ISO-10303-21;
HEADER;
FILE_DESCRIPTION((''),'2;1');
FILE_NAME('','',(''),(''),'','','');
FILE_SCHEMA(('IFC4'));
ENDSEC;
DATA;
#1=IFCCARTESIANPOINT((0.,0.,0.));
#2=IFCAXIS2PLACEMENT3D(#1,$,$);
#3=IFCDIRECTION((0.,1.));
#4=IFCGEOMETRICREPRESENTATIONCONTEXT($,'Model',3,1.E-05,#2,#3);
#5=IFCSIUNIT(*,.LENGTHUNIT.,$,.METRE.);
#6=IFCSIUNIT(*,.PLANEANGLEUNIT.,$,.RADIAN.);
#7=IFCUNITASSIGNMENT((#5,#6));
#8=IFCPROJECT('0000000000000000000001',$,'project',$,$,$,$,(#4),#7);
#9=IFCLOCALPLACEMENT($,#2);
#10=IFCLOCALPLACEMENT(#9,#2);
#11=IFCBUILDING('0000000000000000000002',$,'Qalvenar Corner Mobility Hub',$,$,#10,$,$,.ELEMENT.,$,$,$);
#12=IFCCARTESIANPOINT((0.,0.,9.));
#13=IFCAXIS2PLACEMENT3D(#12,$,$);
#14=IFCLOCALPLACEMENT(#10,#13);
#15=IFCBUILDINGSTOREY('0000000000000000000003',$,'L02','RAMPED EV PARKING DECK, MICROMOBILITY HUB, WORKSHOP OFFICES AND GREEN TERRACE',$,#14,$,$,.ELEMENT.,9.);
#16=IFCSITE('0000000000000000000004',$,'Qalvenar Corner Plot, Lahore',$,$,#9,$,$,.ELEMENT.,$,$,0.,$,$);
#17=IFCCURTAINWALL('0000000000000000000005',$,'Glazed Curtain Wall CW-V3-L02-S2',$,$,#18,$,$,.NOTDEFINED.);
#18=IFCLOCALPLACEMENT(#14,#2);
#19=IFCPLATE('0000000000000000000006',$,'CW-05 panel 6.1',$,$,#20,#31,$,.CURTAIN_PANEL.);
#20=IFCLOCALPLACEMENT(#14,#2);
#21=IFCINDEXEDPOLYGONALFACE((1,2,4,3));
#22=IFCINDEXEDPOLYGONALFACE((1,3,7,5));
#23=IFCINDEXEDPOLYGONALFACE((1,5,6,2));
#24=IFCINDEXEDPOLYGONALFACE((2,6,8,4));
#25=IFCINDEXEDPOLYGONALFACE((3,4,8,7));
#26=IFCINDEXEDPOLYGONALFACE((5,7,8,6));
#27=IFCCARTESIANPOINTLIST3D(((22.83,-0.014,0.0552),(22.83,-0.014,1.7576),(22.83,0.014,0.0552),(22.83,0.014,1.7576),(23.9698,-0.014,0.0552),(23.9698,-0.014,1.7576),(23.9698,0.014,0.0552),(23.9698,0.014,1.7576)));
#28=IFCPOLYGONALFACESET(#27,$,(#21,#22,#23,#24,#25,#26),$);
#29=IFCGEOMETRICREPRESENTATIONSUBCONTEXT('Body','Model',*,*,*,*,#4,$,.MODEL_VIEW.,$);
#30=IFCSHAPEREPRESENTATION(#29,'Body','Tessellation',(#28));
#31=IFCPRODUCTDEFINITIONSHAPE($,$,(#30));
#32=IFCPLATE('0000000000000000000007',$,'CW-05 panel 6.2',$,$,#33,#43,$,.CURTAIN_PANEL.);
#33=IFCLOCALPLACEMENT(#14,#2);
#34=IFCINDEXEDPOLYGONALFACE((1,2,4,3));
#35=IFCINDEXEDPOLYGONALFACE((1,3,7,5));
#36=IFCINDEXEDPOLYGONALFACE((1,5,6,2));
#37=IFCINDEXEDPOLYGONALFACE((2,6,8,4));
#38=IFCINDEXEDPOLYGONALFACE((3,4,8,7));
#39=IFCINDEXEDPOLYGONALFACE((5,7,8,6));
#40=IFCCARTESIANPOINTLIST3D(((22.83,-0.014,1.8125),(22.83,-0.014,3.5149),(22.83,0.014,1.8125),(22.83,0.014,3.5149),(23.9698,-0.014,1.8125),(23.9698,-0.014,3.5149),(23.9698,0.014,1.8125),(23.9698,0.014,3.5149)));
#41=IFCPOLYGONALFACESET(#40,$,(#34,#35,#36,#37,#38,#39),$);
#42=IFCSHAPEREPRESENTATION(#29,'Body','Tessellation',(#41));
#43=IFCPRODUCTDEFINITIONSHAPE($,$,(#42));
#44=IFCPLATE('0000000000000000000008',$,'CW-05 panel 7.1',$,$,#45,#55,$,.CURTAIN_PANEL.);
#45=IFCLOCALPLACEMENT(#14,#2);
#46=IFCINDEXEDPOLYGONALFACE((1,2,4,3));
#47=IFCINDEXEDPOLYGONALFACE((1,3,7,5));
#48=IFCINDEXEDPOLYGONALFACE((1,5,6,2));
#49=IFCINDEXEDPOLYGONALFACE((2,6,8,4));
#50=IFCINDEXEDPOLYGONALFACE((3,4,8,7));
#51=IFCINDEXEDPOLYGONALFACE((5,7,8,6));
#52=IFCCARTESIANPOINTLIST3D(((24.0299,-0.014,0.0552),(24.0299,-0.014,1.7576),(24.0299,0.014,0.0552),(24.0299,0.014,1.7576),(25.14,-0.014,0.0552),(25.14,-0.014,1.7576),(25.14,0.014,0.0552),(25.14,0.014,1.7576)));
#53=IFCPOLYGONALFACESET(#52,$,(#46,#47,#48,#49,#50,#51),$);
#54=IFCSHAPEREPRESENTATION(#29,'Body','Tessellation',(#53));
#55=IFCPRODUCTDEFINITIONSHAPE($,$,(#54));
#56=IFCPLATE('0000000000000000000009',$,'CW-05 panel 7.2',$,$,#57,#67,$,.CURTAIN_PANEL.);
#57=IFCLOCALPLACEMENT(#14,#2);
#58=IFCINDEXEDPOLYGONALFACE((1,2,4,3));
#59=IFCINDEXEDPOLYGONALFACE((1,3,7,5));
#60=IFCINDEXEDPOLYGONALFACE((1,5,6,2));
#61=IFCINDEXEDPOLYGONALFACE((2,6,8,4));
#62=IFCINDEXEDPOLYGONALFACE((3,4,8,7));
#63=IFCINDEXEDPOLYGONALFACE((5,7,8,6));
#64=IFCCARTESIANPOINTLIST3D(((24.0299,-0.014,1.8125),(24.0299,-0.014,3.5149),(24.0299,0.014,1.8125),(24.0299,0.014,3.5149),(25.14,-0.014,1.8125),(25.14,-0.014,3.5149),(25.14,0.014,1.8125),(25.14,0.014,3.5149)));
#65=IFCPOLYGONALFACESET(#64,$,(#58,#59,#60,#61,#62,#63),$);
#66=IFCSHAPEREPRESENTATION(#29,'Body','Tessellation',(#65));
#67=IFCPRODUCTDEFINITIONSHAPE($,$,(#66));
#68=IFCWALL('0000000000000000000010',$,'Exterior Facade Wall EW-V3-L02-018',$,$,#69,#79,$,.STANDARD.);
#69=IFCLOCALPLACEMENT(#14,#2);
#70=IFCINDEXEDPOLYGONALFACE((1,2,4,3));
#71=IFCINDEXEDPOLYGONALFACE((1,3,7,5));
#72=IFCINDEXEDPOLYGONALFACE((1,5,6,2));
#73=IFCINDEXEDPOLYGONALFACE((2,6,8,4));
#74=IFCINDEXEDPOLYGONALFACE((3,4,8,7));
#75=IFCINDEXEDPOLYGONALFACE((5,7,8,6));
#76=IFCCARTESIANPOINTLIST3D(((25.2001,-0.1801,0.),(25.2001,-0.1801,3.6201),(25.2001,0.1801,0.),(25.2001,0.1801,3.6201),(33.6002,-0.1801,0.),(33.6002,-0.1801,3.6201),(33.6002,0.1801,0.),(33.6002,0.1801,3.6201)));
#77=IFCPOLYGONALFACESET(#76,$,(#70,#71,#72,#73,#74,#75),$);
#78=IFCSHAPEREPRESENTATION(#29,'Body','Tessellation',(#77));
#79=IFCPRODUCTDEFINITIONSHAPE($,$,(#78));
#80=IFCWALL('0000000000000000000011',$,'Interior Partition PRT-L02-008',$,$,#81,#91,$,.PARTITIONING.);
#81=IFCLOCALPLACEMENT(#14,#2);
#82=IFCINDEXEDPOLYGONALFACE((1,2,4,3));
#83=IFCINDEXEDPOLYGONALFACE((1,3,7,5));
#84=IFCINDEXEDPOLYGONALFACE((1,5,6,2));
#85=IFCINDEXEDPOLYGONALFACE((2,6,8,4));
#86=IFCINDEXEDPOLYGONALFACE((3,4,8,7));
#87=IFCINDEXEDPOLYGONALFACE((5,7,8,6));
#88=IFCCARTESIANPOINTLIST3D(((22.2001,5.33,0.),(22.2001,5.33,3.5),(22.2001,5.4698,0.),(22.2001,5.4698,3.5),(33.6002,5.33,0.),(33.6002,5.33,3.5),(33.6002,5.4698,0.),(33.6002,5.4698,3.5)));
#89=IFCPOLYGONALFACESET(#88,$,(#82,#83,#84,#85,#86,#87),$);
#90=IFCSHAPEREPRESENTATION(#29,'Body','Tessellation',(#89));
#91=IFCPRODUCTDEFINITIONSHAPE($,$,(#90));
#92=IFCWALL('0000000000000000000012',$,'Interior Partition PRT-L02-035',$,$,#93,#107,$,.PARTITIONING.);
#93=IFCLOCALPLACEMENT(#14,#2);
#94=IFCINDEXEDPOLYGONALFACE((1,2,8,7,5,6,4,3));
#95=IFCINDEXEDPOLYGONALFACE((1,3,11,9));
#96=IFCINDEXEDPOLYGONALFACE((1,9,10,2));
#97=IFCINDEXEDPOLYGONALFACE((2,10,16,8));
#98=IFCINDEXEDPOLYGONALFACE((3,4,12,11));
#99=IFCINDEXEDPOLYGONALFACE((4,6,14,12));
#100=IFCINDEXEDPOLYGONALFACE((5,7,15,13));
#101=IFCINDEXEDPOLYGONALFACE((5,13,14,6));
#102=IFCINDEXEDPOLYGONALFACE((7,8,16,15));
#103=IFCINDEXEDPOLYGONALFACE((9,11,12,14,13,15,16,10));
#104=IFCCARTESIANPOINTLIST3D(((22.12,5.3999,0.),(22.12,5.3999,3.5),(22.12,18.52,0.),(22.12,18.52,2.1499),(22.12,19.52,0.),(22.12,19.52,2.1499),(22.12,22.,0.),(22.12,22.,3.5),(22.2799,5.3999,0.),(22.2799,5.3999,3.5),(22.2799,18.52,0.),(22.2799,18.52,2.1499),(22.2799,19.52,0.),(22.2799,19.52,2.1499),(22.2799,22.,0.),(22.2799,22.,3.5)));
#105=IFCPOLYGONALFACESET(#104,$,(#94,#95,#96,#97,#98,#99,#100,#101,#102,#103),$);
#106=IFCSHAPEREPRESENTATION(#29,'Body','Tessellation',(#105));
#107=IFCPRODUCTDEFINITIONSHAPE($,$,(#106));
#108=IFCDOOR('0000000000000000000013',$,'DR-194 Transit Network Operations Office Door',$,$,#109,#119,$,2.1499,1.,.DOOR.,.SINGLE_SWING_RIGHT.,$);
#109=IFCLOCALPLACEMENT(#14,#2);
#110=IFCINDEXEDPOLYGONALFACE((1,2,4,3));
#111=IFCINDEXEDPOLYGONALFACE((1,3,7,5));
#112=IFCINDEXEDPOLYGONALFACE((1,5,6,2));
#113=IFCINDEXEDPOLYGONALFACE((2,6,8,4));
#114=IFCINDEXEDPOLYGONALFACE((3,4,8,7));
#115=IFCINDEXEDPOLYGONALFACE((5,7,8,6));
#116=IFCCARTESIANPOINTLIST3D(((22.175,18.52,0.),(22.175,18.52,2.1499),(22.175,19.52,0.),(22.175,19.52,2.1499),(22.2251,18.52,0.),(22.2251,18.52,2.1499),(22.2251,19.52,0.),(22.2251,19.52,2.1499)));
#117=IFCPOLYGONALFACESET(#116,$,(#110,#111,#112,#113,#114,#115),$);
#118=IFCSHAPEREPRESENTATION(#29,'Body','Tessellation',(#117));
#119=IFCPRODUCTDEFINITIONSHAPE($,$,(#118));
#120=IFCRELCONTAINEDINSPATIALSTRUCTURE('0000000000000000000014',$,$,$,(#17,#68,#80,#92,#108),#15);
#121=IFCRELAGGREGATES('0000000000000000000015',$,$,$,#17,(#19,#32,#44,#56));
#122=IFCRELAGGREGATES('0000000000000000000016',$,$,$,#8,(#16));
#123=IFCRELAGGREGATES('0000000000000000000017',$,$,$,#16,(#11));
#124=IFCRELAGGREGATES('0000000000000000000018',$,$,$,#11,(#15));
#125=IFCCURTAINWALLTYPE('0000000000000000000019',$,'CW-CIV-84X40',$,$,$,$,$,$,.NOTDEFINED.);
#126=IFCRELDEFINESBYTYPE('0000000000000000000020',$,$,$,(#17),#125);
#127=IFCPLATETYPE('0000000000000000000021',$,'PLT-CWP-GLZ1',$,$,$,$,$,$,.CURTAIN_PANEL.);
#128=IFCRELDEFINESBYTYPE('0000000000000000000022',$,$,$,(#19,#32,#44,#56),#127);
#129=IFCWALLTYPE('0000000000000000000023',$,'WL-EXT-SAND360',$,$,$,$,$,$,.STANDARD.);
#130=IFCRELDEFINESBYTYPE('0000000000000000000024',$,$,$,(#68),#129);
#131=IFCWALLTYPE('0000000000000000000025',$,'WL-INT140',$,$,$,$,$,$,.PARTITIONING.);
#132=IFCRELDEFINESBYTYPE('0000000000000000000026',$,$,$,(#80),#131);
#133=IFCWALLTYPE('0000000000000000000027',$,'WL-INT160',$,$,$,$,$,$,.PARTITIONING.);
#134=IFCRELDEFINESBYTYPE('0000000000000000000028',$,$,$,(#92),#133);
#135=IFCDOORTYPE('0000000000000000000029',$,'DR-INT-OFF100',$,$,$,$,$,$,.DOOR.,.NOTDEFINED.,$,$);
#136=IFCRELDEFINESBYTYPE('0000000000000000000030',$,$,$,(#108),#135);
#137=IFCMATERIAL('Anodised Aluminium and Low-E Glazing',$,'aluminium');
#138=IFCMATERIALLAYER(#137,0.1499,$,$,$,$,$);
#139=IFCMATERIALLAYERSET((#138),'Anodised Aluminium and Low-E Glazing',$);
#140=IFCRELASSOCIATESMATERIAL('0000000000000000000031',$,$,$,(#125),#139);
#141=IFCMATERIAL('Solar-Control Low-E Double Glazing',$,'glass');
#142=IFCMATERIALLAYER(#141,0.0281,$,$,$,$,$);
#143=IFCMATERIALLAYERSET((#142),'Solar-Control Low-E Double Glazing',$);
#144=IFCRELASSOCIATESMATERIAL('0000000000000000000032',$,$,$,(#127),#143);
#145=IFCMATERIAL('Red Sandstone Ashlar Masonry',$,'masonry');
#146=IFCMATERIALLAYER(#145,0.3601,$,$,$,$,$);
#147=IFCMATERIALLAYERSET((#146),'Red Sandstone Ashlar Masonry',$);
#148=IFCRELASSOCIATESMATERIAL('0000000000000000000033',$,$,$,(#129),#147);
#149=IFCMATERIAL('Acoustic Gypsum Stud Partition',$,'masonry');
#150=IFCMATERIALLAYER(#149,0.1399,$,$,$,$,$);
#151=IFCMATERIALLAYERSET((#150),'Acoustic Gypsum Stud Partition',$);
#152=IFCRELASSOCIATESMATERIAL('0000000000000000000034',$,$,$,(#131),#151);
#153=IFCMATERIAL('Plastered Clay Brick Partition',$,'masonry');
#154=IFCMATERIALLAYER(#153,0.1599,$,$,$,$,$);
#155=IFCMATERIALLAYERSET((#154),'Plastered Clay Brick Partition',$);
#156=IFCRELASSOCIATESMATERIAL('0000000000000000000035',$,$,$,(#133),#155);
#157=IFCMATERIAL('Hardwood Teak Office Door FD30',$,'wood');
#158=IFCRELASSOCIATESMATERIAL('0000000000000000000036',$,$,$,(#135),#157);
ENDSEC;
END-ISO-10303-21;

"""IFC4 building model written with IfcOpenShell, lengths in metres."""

from ifc_helpers import new_model, si_unit, direction, frame, frame_2d, origin, origin_2d, place, context, subcontext, project, spatial, rectangle, extrude, material, layer, layer_set, type_object, element, fill, aggregate, save


model = new_model("IFC4")

# Units and contexts
model_context = context("Model", 3, precision=1e-05, world=origin(), true_north=direction((0.0, 1.0)))
body_context = subcontext(model_context, "Body", "Model", "MODEL_VIEW")
ifc_project = project(units=[si_unit("LENGTHUNIT", "METRE"), si_unit("PLANEANGLEUNIT", "RADIAN")], contexts=[model_context])

# Site, building, storey
site_placement = place(None, origin())
site = spatial("IfcSite", under=ifc_project, at=site_placement, Name="Qalvenar Corner Plot, Lahore", CompositionType="ELEMENT", RefElevation=0.0)
building_placement = place(site_placement, origin())
building = spatial("IfcBuilding", under=site, at=building_placement, Name="Qalvenar Corner Mobility Hub", CompositionType="ELEMENT")
storey_placement = place(building_placement, frame((0.0, 0.0, 9.0)))
storey = spatial("IfcBuildingStorey", under=building, at=storey_placement, Name="L02", Description="RAMPED EV PARKING DECK, MICROMOBILITY HUB, WORKSHOP OFFICES AND GREEN TERRACE", CompositionType="ELEMENT", Elevation=9.0)

# Curtain wall, plates
ifc_material_1 = material(Name="Anodised Aluminium and Low-E Glazing", Category="aluminium")
ifc_layer_1 = layer(ifc_material_1, 0.1499)
ifc_layer_set_1 = layer_set([ifc_layer_1], Name="Anodised Aluminium and Low-E Glazing")
curtain_wall_type = type_object("IfcCurtainWallType", Name="CW-CIV-84X40", PredefinedType="NOTDEFINED", material=ifc_layer_set_1)
curtain_wall_placement = place(storey_placement, origin())
curtain_wall = element("IfcCurtainWall", 1, at=curtain_wall_placement, inside=storey, type_object=curtain_wall_type, Name="Glazed Curtain Wall CW-V3-L02-S2", PredefinedType="NOTDEFINED")
ifc_material_2 = material(Name="Solar-Control Low-E Double Glazing", Category="glass")
ifc_layer_2 = layer(ifc_material_2, 0.0281)
ifc_layer_set_2 = layer_set([ifc_layer_2], Name="Solar-Control Low-E Double Glazing")
plate_type = type_object("IfcPlateType", Name="PLT-CWP-GLZ1", PredefinedType="CURTAIN_PANEL", material=ifc_layer_set_2)
plate_1_placement = place(storey_placement, frame((23.3999, 0.0, 0.0552), z_axis=(0.0, 0.0, 1.0), x_axis=(1.0, 0.0, 0.0)))
plate_1 = element("IfcPlate", 2, at=plate_1_placement, type_object=plate_type, Name="CW-05 panel 6.1", PredefinedType="CURTAIN_PANEL", context=body_context, shape_type="SweptSolid", body=[
    extrude(rectangle(XDim=1.1399, YDim=0.0281, at=origin_2d()), origin(), (0.0, 0.0, 1.0), 1.7024),
])
plate_2_placement = place(storey_placement, frame((23.3999, 0.0, 1.8125), z_axis=(0.0, 0.0, 1.0), x_axis=(1.0, 0.0, 0.0)))
plate_2 = element("IfcPlate", 3, at=plate_2_placement, type_object=plate_type, Name="CW-05 panel 6.2", PredefinedType="CURTAIN_PANEL", context=body_context, shape_type="SweptSolid", body=[
    extrude(rectangle(XDim=1.1399, YDim=0.0281, at=origin_2d()), origin(), (0.0, 0.0, 1.0), 1.7024),
])
plate_3_placement = place(storey_placement, frame((24.585, 0.0, 0.0552), z_axis=(0.0, 0.0, 1.0), x_axis=(1.0, 0.0, 0.0)))
plate_3 = element("IfcPlate", 4, at=plate_3_placement, type_object=plate_type, Name="CW-05 panel 7.1", PredefinedType="CURTAIN_PANEL", context=body_context, shape_type="SweptSolid", body=[
    extrude(rectangle(XDim=1.1101, YDim=0.0281, at=origin_2d()), origin(), (0.0, 0.0, 1.0), 1.7024),
])
plate_4_placement = place(storey_placement, frame((24.585, 0.0, 1.8125), z_axis=(0.0, 0.0, 1.0), x_axis=(1.0, 0.0, 0.0)))
plate_4 = element("IfcPlate", 5, at=plate_4_placement, type_object=plate_type, Name="CW-05 panel 7.2", PredefinedType="CURTAIN_PANEL", context=body_context, shape_type="SweptSolid", body=[
    extrude(rectangle(XDim=1.1101, YDim=0.0281, at=origin_2d()), origin(), (0.0, 0.0, 1.0), 1.7024),
])
aggregate(curtain_wall, [plate_1, plate_2, plate_3, plate_4])

# Walls
ifc_material_3 = material(Name="Red Sandstone Ashlar Masonry", Category="masonry")
ifc_layer_3 = layer(ifc_material_3, 0.3601)
ifc_layer_set_3 = layer_set([ifc_layer_3], Name="Red Sandstone Ashlar Masonry")
wall_type_1 = type_object("IfcWallType", Name="WL-EXT-SAND360", PredefinedType="STANDARD", material=ifc_layer_set_3)
wall_1_placement = place(storey_placement, frame((25.2, 0.0, 0.0), z_axis=(0.0, 0.0, 1.0), x_axis=(1.0, 0.0, 0.0)))
element("IfcWall", 6, at=wall_1_placement, inside=storey, type_object=wall_type_1, Name="Exterior Facade Wall EW-V3-L02-018", PredefinedType="STANDARD", context=body_context, shape_type="SweptSolid", body=[
    extrude(rectangle(XDim=8.4001, YDim=0.3601, at=frame_2d((4.2002, 0.0))), origin(), (0.0, 0.0, 1.0), 3.6201),
])
ifc_material_4 = material(Name="Acoustic Gypsum Stud Partition", Category="masonry")
ifc_layer_4 = layer(ifc_material_4, 0.1399)
ifc_layer_set_4 = layer_set([ifc_layer_4], Name="Acoustic Gypsum Stud Partition")
wall_type_2 = type_object("IfcWallType", Name="WL-INT140", PredefinedType="PARTITIONING", material=ifc_layer_set_4)
wall_2_placement = place(storey_placement, frame((22.2, 5.3999, 0.0), z_axis=(0.0, 0.0, 1.0), x_axis=(1.0, 0.0, 0.0)))
element("IfcWall", 7, at=wall_2_placement, inside=storey, type_object=wall_type_2, Name="Interior Partition PRT-L02-008", PredefinedType="PARTITIONING", context=body_context, shape_type="SweptSolid", body=[
    extrude(rectangle(XDim=11.4001, YDim=0.1399, at=frame_2d((5.7002, 0.0))), origin(), (0.0, 0.0, 1.0), 3.5),
])

# Wall, opening, door
ifc_material_5 = material(Name="Plastered Clay Brick Partition", Category="masonry")
ifc_layer_5 = layer(ifc_material_5, 0.1599)
ifc_layer_set_5 = layer_set([ifc_layer_5], Name="Plastered Clay Brick Partition")
wall_type_3 = type_object("IfcWallType", Name="WL-INT160", PredefinedType="PARTITIONING", material=ifc_layer_set_5)
wall_3_placement = place(storey_placement, frame((22.2, 5.3999, 0.0), z_axis=(0.0, 0.0, 1.0), x_axis=(0.0, 1.0, 0.0)))
wall_3 = element("IfcWall", 8, at=wall_3_placement, inside=storey, type_object=wall_type_3, Name="Interior Partition PRT-L02-035", PredefinedType="PARTITIONING", context=body_context, shape_type="SweptSolid", body=[
    extrude(rectangle(XDim=16.6001, YDim=0.1599, at=frame_2d((8.3, 0.0))), origin(), (0.0, 0.0, 1.0), 3.5),
])
opening_placement = place(wall_3_placement, frame((13.1201, 0.0, 0.0)))
opening = element("IfcOpeningElement", 9, at=opening_placement, cuts=wall_3, PredefinedType="OPENING", context=body_context, shape_type="SweptSolid", body=[
    extrude(rectangle(XDim=1.0, YDim=2.1499, at=frame_2d((0.5, 1.075))), frame((0.0, 0.0898, 0.0), z_axis=(0.0, -1.0, 0.0), x_axis=(1.0, 0.0, 0.0)), (0.0, 0.0, 1.0), 0.1799),
])
ifc_material_6 = material(Name="Hardwood Teak Office Door FD30", Category="wood")
door_type = type_object("IfcDoorType", Name="DR-INT-OFF100", OperationType="NOTDEFINED", PredefinedType="DOOR", material=ifc_material_6)
door_placement = place(opening_placement, origin())
door = element("IfcDoor", 10, at=door_placement, inside=storey, type_object=door_type, Name="DR-194 Transit Network Operations Office Door", OperationType="SINGLE_SWING_RIGHT", OverallHeight=2.1499, OverallWidth=1.0, PredefinedType="DOOR", context=body_context, shape_type="SweptSolid", body=[
    extrude(rectangle(XDim=1.0, YDim=2.1499, at=frame_2d((0.5, 1.075))), frame((0.0, 0.0249, 0.0), z_axis=(0.0, -1.0, 0.0), x_axis=(1.0, 0.0, 0.0)), (0.0, 0.0, 1.0), 0.05),
])
fill(opening, door)

save(model, "model.ifc")
